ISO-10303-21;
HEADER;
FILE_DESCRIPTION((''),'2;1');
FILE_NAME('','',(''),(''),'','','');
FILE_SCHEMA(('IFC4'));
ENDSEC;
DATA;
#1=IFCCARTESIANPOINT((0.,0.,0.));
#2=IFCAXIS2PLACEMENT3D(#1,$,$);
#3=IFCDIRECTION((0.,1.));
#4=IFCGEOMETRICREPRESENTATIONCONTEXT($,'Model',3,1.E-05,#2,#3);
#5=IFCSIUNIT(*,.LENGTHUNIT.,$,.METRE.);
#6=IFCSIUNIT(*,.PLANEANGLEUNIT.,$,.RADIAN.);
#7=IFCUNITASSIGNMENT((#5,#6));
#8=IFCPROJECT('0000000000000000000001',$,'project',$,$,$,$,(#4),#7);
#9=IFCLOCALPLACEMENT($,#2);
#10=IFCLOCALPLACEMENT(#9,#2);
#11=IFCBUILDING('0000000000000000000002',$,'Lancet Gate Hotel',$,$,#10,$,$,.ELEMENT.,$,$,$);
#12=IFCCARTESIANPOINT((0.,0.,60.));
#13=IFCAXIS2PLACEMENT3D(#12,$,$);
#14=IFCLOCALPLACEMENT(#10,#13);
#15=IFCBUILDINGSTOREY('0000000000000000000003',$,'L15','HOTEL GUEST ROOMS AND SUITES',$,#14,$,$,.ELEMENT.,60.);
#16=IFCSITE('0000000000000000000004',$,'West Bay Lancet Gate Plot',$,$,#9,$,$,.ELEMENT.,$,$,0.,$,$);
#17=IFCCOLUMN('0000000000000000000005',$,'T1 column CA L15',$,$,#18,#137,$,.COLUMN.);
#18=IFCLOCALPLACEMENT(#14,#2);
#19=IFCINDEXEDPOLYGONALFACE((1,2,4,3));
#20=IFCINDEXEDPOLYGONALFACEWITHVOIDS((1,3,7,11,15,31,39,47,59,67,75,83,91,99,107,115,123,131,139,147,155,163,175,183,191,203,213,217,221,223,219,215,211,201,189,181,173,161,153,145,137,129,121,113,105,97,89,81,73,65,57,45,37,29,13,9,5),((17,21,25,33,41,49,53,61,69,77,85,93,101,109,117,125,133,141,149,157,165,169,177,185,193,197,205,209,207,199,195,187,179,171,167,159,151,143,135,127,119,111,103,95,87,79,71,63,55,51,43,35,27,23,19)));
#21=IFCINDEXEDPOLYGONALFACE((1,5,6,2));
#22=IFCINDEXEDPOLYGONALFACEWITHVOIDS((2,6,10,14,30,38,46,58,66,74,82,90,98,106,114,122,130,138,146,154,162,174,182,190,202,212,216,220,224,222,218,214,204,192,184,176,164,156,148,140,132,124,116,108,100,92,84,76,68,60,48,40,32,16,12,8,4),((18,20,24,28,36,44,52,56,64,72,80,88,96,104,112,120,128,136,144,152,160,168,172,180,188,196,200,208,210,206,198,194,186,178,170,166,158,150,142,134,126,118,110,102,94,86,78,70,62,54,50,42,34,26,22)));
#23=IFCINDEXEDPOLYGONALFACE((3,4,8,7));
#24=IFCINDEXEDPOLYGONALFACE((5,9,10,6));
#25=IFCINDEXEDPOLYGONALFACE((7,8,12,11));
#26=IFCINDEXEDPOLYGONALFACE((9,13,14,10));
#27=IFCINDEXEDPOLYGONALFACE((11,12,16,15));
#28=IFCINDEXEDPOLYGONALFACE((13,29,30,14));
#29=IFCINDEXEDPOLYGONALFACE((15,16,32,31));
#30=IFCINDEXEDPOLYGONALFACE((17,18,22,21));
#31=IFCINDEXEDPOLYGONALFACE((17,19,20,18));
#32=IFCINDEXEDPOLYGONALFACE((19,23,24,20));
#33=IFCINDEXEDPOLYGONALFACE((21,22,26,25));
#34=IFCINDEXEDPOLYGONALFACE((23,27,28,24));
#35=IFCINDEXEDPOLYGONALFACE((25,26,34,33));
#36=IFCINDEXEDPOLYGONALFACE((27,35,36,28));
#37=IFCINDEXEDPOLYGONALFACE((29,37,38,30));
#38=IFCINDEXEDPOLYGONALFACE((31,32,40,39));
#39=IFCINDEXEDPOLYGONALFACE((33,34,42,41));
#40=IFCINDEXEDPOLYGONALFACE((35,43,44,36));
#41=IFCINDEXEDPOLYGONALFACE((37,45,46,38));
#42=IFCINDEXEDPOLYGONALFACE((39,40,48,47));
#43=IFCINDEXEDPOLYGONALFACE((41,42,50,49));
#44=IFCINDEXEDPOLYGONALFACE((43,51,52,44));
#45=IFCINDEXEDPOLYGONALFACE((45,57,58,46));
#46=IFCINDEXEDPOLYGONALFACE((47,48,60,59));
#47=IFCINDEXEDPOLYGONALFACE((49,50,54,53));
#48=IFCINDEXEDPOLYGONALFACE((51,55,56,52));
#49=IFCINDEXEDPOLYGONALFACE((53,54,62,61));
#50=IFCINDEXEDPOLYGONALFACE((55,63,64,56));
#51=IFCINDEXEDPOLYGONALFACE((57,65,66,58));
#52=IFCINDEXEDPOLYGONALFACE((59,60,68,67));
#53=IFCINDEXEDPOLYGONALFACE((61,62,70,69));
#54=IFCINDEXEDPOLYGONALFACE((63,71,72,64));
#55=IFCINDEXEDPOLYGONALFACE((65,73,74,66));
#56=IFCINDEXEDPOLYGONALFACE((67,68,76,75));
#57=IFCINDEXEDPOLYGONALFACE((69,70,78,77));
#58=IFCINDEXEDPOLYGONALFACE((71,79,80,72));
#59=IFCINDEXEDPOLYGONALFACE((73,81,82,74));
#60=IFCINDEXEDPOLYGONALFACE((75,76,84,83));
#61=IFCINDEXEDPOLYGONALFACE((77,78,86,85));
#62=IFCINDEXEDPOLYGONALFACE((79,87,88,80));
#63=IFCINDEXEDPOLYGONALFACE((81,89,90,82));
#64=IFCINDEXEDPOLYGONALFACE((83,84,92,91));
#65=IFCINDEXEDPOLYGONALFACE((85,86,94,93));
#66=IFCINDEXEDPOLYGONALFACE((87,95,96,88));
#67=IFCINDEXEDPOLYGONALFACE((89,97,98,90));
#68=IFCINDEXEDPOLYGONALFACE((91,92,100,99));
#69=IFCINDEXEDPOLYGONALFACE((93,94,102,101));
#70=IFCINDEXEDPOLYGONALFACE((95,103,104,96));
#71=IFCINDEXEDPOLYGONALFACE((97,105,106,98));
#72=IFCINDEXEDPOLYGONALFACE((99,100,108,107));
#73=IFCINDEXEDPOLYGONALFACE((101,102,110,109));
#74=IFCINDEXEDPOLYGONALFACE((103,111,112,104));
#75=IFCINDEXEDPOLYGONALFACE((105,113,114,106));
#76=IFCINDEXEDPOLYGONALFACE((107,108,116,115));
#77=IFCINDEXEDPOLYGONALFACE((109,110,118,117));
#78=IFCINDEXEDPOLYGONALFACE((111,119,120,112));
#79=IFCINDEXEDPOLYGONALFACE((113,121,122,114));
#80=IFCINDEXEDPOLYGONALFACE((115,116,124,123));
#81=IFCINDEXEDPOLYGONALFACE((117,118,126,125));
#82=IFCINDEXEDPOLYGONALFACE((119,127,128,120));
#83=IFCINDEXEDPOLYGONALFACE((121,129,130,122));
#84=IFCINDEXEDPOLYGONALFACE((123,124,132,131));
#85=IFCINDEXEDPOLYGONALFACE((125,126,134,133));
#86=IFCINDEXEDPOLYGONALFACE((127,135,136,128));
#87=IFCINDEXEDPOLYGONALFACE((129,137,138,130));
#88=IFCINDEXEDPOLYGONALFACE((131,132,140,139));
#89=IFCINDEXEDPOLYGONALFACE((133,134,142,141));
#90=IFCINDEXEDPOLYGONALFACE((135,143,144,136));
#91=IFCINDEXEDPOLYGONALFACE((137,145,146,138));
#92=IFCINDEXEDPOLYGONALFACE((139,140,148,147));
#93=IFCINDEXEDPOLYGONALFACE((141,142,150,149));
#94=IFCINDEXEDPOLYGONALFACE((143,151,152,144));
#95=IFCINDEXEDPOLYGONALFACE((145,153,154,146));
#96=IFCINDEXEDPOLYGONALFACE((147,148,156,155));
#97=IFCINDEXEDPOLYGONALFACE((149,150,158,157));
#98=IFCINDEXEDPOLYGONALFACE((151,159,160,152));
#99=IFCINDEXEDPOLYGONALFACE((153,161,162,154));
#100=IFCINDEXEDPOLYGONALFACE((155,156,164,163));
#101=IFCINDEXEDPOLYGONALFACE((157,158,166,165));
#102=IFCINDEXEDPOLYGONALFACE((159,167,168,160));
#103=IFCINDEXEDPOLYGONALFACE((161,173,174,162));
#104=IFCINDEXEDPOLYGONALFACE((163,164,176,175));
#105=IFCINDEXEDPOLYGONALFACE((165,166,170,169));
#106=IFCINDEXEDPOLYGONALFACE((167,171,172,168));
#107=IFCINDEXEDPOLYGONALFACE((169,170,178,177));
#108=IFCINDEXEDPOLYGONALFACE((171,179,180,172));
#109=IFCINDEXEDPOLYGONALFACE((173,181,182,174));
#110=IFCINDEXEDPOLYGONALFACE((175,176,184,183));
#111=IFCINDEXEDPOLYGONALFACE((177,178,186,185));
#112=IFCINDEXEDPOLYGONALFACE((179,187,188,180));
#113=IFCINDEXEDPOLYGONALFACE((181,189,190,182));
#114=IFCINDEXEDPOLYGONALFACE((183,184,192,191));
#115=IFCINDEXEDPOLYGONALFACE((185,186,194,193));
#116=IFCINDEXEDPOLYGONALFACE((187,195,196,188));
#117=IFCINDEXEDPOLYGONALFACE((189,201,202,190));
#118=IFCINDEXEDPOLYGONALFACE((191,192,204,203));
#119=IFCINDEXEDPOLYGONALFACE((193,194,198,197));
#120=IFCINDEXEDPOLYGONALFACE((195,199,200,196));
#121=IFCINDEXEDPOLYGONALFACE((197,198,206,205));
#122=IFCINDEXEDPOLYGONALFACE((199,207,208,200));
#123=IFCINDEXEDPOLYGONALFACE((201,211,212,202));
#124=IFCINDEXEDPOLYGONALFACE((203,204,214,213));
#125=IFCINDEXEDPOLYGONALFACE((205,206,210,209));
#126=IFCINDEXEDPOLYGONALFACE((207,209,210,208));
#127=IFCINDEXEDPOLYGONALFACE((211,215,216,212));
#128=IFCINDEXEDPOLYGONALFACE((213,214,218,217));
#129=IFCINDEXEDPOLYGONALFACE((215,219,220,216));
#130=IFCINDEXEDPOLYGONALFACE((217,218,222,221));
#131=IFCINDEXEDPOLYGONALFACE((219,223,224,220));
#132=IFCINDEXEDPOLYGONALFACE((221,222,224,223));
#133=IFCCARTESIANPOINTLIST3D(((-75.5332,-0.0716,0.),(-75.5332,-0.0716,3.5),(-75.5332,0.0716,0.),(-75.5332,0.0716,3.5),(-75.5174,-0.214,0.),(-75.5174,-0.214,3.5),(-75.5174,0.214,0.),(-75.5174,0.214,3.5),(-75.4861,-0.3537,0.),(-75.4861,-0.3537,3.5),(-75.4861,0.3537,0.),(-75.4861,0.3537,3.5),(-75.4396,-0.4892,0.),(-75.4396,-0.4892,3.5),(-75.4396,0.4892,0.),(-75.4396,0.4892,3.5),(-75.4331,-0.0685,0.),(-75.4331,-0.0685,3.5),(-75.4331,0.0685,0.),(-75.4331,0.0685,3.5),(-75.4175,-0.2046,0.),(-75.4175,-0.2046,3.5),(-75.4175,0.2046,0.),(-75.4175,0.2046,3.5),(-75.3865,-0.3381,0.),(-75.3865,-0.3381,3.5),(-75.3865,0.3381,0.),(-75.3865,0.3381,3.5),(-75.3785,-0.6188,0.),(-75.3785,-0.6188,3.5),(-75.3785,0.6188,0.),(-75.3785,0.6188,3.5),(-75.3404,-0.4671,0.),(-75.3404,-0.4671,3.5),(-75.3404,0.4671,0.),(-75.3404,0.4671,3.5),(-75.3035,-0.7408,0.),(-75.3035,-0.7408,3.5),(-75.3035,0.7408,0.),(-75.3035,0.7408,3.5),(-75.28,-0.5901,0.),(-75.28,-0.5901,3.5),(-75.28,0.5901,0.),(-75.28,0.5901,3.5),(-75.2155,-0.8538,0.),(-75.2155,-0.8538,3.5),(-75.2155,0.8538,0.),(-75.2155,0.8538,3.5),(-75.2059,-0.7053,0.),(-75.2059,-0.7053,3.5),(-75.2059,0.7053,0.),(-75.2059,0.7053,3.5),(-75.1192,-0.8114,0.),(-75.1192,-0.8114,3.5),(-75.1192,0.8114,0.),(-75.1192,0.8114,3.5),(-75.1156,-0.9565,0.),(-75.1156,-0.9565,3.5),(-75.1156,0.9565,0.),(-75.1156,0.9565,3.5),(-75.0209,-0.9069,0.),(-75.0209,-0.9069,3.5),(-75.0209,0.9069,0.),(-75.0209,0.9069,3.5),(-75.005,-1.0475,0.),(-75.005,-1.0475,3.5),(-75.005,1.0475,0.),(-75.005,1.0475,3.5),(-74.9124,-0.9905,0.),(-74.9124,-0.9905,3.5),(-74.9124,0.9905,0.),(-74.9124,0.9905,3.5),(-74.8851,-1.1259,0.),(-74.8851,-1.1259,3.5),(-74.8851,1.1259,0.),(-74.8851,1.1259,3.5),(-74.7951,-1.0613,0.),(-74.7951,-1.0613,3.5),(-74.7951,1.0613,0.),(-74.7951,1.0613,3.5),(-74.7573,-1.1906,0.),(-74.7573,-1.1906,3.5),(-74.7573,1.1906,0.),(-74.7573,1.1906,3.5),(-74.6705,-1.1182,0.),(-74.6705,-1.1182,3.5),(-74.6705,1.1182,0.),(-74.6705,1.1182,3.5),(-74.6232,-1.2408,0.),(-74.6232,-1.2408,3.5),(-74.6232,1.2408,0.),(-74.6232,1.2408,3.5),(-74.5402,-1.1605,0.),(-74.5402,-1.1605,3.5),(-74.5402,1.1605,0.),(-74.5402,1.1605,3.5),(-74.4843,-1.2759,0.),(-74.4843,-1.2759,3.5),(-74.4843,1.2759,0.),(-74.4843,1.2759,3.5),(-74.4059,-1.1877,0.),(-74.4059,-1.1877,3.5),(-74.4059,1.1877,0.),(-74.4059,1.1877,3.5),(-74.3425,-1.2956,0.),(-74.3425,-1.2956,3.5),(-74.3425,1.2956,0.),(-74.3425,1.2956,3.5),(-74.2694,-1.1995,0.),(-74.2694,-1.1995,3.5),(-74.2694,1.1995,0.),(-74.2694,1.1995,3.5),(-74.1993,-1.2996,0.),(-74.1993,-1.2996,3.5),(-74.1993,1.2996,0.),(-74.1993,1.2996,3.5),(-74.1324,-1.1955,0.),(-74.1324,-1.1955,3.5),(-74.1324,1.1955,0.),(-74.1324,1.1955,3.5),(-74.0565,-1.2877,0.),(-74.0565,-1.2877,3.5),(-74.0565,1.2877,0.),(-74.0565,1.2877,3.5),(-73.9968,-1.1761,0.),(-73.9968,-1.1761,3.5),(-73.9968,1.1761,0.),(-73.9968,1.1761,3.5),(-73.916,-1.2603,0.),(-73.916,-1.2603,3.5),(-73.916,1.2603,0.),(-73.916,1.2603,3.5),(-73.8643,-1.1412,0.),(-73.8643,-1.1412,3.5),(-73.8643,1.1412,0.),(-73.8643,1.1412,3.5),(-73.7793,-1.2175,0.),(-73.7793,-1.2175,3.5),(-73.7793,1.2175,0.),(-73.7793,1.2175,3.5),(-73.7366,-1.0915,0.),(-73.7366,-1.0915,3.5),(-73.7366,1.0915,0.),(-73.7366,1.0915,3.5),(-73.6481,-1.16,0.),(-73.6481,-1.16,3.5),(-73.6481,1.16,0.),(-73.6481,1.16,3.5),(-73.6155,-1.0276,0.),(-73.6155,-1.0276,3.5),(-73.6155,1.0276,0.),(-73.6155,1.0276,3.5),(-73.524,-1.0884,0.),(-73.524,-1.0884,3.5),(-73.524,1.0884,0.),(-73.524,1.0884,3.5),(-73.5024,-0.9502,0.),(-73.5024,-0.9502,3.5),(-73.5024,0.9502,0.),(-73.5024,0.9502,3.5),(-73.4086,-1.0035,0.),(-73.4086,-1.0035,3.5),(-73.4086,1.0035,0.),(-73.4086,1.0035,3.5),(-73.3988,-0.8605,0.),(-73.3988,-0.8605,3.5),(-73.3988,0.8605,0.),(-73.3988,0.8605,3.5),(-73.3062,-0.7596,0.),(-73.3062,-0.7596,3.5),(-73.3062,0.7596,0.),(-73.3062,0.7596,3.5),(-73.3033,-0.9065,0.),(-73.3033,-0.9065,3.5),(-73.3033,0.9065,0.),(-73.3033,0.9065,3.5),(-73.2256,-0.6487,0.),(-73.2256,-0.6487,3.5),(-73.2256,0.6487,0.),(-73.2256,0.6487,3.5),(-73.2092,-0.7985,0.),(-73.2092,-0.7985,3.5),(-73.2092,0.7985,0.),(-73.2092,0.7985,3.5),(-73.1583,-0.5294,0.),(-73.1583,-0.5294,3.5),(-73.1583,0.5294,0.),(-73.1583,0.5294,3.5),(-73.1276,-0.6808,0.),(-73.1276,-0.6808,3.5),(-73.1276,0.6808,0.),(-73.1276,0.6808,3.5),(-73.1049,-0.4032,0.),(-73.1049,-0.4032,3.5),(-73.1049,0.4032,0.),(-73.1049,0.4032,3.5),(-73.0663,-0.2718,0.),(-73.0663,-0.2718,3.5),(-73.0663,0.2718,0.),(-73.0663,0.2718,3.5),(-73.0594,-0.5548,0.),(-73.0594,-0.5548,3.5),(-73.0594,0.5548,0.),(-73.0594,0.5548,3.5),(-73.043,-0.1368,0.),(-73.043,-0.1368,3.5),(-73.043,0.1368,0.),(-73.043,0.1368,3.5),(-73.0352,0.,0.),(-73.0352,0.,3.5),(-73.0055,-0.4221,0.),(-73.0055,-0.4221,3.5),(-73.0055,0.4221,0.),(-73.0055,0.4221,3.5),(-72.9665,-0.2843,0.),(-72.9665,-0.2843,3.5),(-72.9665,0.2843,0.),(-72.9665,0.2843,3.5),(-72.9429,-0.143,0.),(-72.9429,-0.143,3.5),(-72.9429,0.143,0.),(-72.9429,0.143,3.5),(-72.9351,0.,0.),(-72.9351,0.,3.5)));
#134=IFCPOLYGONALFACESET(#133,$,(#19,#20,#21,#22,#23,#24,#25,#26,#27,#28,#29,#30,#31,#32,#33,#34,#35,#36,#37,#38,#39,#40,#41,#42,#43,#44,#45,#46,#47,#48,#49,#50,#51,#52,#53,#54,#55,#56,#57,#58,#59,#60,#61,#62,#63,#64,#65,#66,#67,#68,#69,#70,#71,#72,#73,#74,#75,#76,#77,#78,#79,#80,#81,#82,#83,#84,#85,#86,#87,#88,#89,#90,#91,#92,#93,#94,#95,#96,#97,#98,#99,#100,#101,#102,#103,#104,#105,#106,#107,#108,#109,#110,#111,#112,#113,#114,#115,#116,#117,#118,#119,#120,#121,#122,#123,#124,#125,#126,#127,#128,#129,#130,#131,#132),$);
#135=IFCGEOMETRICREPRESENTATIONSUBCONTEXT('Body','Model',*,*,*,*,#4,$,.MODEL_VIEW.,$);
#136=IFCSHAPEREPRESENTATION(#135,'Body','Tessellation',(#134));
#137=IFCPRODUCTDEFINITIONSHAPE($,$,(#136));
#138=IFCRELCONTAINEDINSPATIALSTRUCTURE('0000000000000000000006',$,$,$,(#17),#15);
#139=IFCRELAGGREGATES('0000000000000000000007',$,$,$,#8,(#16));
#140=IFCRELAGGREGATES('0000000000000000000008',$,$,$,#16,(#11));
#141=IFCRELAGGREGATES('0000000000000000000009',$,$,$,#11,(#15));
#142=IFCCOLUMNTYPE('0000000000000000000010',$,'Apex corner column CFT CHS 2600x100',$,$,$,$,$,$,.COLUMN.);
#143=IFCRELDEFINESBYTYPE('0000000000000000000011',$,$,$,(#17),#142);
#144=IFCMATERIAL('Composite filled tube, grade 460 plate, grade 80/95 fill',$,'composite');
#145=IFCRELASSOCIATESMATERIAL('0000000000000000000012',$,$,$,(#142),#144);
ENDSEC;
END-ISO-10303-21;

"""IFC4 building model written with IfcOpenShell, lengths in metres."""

from ifc_helpers import new_model, si_unit, direction, frame, origin, origin_2d, place, context, subcontext, project, spatial, hollow_circle, extrude, material, material_profile, profile_set, type_object, element, save


model = new_model("IFC4")

# Units and contexts
model_context = context("Model", 3, precision=1e-05, world=origin(), true_north=direction((0.0, 1.0)))
body_context = subcontext(model_context, "Body", "Model", "MODEL_VIEW")
ifc_project = project(units=[si_unit("LENGTHUNIT", "METRE"), si_unit("PLANEANGLEUNIT", "RADIAN")], contexts=[model_context])

# Site, building, storey
site_placement = place(None, origin())
site = spatial("IfcSite", under=ifc_project, at=site_placement, Name="West Bay Lancet Gate Plot", CompositionType="ELEMENT", RefElevation=0.0)
building_placement = place(site_placement, origin())
building = spatial("IfcBuilding", under=site, at=building_placement, Name="Lancet Gate Hotel", CompositionType="ELEMENT")
storey_placement = place(building_placement, frame((0.0, 0.0, 60.0)))
storey = spatial("IfcBuildingStorey", under=building, at=storey_placement, Name="L15", Description="HOTEL GUEST ROOMS AND SUITES", CompositionType="ELEMENT", Elevation=60.0)

# Column
ifc_material_1 = material(Name="Composite filled tube, grade 460 plate, grade 80/95 fill", Category="composite")
ifc_material_profile_1 = material_profile(ifc_material_1, hollow_circle(Radius=1.3, WallThickness=0.1001, at=origin_2d()), Name="CHS 2600x100")
ifc_profile_set_1 = profile_set([ifc_material_profile_1], Name="Composite filled tube, grade 460 plate, grade 80/95 fill")
column_type_1 = type_object("IfcColumnType", Name="Apex corner column CFT CHS 2600x100", PredefinedType="COLUMN", material=ifc_profile_set_1)
column_1_placement = place(storey_placement, frame((-74.2351, 0.0, 0.0), z_axis=(0.0, 0.0, 1.0), x_axis=(1.0, 0.0, 0.0)))
element("IfcColumn", 1, at=column_1_placement, inside=storey, type_object=column_type_1, Name="T1 column CA L15", PredefinedType="COLUMN", context=body_context, shape_type="SweptSolid", body=[
    extrude(hollow_circle(Radius=1.3, WallThickness=0.1001, at=origin_2d()), origin(), (0.0, 0.0, 1.0), 3.5),
])

save(model, "model.ifc")
